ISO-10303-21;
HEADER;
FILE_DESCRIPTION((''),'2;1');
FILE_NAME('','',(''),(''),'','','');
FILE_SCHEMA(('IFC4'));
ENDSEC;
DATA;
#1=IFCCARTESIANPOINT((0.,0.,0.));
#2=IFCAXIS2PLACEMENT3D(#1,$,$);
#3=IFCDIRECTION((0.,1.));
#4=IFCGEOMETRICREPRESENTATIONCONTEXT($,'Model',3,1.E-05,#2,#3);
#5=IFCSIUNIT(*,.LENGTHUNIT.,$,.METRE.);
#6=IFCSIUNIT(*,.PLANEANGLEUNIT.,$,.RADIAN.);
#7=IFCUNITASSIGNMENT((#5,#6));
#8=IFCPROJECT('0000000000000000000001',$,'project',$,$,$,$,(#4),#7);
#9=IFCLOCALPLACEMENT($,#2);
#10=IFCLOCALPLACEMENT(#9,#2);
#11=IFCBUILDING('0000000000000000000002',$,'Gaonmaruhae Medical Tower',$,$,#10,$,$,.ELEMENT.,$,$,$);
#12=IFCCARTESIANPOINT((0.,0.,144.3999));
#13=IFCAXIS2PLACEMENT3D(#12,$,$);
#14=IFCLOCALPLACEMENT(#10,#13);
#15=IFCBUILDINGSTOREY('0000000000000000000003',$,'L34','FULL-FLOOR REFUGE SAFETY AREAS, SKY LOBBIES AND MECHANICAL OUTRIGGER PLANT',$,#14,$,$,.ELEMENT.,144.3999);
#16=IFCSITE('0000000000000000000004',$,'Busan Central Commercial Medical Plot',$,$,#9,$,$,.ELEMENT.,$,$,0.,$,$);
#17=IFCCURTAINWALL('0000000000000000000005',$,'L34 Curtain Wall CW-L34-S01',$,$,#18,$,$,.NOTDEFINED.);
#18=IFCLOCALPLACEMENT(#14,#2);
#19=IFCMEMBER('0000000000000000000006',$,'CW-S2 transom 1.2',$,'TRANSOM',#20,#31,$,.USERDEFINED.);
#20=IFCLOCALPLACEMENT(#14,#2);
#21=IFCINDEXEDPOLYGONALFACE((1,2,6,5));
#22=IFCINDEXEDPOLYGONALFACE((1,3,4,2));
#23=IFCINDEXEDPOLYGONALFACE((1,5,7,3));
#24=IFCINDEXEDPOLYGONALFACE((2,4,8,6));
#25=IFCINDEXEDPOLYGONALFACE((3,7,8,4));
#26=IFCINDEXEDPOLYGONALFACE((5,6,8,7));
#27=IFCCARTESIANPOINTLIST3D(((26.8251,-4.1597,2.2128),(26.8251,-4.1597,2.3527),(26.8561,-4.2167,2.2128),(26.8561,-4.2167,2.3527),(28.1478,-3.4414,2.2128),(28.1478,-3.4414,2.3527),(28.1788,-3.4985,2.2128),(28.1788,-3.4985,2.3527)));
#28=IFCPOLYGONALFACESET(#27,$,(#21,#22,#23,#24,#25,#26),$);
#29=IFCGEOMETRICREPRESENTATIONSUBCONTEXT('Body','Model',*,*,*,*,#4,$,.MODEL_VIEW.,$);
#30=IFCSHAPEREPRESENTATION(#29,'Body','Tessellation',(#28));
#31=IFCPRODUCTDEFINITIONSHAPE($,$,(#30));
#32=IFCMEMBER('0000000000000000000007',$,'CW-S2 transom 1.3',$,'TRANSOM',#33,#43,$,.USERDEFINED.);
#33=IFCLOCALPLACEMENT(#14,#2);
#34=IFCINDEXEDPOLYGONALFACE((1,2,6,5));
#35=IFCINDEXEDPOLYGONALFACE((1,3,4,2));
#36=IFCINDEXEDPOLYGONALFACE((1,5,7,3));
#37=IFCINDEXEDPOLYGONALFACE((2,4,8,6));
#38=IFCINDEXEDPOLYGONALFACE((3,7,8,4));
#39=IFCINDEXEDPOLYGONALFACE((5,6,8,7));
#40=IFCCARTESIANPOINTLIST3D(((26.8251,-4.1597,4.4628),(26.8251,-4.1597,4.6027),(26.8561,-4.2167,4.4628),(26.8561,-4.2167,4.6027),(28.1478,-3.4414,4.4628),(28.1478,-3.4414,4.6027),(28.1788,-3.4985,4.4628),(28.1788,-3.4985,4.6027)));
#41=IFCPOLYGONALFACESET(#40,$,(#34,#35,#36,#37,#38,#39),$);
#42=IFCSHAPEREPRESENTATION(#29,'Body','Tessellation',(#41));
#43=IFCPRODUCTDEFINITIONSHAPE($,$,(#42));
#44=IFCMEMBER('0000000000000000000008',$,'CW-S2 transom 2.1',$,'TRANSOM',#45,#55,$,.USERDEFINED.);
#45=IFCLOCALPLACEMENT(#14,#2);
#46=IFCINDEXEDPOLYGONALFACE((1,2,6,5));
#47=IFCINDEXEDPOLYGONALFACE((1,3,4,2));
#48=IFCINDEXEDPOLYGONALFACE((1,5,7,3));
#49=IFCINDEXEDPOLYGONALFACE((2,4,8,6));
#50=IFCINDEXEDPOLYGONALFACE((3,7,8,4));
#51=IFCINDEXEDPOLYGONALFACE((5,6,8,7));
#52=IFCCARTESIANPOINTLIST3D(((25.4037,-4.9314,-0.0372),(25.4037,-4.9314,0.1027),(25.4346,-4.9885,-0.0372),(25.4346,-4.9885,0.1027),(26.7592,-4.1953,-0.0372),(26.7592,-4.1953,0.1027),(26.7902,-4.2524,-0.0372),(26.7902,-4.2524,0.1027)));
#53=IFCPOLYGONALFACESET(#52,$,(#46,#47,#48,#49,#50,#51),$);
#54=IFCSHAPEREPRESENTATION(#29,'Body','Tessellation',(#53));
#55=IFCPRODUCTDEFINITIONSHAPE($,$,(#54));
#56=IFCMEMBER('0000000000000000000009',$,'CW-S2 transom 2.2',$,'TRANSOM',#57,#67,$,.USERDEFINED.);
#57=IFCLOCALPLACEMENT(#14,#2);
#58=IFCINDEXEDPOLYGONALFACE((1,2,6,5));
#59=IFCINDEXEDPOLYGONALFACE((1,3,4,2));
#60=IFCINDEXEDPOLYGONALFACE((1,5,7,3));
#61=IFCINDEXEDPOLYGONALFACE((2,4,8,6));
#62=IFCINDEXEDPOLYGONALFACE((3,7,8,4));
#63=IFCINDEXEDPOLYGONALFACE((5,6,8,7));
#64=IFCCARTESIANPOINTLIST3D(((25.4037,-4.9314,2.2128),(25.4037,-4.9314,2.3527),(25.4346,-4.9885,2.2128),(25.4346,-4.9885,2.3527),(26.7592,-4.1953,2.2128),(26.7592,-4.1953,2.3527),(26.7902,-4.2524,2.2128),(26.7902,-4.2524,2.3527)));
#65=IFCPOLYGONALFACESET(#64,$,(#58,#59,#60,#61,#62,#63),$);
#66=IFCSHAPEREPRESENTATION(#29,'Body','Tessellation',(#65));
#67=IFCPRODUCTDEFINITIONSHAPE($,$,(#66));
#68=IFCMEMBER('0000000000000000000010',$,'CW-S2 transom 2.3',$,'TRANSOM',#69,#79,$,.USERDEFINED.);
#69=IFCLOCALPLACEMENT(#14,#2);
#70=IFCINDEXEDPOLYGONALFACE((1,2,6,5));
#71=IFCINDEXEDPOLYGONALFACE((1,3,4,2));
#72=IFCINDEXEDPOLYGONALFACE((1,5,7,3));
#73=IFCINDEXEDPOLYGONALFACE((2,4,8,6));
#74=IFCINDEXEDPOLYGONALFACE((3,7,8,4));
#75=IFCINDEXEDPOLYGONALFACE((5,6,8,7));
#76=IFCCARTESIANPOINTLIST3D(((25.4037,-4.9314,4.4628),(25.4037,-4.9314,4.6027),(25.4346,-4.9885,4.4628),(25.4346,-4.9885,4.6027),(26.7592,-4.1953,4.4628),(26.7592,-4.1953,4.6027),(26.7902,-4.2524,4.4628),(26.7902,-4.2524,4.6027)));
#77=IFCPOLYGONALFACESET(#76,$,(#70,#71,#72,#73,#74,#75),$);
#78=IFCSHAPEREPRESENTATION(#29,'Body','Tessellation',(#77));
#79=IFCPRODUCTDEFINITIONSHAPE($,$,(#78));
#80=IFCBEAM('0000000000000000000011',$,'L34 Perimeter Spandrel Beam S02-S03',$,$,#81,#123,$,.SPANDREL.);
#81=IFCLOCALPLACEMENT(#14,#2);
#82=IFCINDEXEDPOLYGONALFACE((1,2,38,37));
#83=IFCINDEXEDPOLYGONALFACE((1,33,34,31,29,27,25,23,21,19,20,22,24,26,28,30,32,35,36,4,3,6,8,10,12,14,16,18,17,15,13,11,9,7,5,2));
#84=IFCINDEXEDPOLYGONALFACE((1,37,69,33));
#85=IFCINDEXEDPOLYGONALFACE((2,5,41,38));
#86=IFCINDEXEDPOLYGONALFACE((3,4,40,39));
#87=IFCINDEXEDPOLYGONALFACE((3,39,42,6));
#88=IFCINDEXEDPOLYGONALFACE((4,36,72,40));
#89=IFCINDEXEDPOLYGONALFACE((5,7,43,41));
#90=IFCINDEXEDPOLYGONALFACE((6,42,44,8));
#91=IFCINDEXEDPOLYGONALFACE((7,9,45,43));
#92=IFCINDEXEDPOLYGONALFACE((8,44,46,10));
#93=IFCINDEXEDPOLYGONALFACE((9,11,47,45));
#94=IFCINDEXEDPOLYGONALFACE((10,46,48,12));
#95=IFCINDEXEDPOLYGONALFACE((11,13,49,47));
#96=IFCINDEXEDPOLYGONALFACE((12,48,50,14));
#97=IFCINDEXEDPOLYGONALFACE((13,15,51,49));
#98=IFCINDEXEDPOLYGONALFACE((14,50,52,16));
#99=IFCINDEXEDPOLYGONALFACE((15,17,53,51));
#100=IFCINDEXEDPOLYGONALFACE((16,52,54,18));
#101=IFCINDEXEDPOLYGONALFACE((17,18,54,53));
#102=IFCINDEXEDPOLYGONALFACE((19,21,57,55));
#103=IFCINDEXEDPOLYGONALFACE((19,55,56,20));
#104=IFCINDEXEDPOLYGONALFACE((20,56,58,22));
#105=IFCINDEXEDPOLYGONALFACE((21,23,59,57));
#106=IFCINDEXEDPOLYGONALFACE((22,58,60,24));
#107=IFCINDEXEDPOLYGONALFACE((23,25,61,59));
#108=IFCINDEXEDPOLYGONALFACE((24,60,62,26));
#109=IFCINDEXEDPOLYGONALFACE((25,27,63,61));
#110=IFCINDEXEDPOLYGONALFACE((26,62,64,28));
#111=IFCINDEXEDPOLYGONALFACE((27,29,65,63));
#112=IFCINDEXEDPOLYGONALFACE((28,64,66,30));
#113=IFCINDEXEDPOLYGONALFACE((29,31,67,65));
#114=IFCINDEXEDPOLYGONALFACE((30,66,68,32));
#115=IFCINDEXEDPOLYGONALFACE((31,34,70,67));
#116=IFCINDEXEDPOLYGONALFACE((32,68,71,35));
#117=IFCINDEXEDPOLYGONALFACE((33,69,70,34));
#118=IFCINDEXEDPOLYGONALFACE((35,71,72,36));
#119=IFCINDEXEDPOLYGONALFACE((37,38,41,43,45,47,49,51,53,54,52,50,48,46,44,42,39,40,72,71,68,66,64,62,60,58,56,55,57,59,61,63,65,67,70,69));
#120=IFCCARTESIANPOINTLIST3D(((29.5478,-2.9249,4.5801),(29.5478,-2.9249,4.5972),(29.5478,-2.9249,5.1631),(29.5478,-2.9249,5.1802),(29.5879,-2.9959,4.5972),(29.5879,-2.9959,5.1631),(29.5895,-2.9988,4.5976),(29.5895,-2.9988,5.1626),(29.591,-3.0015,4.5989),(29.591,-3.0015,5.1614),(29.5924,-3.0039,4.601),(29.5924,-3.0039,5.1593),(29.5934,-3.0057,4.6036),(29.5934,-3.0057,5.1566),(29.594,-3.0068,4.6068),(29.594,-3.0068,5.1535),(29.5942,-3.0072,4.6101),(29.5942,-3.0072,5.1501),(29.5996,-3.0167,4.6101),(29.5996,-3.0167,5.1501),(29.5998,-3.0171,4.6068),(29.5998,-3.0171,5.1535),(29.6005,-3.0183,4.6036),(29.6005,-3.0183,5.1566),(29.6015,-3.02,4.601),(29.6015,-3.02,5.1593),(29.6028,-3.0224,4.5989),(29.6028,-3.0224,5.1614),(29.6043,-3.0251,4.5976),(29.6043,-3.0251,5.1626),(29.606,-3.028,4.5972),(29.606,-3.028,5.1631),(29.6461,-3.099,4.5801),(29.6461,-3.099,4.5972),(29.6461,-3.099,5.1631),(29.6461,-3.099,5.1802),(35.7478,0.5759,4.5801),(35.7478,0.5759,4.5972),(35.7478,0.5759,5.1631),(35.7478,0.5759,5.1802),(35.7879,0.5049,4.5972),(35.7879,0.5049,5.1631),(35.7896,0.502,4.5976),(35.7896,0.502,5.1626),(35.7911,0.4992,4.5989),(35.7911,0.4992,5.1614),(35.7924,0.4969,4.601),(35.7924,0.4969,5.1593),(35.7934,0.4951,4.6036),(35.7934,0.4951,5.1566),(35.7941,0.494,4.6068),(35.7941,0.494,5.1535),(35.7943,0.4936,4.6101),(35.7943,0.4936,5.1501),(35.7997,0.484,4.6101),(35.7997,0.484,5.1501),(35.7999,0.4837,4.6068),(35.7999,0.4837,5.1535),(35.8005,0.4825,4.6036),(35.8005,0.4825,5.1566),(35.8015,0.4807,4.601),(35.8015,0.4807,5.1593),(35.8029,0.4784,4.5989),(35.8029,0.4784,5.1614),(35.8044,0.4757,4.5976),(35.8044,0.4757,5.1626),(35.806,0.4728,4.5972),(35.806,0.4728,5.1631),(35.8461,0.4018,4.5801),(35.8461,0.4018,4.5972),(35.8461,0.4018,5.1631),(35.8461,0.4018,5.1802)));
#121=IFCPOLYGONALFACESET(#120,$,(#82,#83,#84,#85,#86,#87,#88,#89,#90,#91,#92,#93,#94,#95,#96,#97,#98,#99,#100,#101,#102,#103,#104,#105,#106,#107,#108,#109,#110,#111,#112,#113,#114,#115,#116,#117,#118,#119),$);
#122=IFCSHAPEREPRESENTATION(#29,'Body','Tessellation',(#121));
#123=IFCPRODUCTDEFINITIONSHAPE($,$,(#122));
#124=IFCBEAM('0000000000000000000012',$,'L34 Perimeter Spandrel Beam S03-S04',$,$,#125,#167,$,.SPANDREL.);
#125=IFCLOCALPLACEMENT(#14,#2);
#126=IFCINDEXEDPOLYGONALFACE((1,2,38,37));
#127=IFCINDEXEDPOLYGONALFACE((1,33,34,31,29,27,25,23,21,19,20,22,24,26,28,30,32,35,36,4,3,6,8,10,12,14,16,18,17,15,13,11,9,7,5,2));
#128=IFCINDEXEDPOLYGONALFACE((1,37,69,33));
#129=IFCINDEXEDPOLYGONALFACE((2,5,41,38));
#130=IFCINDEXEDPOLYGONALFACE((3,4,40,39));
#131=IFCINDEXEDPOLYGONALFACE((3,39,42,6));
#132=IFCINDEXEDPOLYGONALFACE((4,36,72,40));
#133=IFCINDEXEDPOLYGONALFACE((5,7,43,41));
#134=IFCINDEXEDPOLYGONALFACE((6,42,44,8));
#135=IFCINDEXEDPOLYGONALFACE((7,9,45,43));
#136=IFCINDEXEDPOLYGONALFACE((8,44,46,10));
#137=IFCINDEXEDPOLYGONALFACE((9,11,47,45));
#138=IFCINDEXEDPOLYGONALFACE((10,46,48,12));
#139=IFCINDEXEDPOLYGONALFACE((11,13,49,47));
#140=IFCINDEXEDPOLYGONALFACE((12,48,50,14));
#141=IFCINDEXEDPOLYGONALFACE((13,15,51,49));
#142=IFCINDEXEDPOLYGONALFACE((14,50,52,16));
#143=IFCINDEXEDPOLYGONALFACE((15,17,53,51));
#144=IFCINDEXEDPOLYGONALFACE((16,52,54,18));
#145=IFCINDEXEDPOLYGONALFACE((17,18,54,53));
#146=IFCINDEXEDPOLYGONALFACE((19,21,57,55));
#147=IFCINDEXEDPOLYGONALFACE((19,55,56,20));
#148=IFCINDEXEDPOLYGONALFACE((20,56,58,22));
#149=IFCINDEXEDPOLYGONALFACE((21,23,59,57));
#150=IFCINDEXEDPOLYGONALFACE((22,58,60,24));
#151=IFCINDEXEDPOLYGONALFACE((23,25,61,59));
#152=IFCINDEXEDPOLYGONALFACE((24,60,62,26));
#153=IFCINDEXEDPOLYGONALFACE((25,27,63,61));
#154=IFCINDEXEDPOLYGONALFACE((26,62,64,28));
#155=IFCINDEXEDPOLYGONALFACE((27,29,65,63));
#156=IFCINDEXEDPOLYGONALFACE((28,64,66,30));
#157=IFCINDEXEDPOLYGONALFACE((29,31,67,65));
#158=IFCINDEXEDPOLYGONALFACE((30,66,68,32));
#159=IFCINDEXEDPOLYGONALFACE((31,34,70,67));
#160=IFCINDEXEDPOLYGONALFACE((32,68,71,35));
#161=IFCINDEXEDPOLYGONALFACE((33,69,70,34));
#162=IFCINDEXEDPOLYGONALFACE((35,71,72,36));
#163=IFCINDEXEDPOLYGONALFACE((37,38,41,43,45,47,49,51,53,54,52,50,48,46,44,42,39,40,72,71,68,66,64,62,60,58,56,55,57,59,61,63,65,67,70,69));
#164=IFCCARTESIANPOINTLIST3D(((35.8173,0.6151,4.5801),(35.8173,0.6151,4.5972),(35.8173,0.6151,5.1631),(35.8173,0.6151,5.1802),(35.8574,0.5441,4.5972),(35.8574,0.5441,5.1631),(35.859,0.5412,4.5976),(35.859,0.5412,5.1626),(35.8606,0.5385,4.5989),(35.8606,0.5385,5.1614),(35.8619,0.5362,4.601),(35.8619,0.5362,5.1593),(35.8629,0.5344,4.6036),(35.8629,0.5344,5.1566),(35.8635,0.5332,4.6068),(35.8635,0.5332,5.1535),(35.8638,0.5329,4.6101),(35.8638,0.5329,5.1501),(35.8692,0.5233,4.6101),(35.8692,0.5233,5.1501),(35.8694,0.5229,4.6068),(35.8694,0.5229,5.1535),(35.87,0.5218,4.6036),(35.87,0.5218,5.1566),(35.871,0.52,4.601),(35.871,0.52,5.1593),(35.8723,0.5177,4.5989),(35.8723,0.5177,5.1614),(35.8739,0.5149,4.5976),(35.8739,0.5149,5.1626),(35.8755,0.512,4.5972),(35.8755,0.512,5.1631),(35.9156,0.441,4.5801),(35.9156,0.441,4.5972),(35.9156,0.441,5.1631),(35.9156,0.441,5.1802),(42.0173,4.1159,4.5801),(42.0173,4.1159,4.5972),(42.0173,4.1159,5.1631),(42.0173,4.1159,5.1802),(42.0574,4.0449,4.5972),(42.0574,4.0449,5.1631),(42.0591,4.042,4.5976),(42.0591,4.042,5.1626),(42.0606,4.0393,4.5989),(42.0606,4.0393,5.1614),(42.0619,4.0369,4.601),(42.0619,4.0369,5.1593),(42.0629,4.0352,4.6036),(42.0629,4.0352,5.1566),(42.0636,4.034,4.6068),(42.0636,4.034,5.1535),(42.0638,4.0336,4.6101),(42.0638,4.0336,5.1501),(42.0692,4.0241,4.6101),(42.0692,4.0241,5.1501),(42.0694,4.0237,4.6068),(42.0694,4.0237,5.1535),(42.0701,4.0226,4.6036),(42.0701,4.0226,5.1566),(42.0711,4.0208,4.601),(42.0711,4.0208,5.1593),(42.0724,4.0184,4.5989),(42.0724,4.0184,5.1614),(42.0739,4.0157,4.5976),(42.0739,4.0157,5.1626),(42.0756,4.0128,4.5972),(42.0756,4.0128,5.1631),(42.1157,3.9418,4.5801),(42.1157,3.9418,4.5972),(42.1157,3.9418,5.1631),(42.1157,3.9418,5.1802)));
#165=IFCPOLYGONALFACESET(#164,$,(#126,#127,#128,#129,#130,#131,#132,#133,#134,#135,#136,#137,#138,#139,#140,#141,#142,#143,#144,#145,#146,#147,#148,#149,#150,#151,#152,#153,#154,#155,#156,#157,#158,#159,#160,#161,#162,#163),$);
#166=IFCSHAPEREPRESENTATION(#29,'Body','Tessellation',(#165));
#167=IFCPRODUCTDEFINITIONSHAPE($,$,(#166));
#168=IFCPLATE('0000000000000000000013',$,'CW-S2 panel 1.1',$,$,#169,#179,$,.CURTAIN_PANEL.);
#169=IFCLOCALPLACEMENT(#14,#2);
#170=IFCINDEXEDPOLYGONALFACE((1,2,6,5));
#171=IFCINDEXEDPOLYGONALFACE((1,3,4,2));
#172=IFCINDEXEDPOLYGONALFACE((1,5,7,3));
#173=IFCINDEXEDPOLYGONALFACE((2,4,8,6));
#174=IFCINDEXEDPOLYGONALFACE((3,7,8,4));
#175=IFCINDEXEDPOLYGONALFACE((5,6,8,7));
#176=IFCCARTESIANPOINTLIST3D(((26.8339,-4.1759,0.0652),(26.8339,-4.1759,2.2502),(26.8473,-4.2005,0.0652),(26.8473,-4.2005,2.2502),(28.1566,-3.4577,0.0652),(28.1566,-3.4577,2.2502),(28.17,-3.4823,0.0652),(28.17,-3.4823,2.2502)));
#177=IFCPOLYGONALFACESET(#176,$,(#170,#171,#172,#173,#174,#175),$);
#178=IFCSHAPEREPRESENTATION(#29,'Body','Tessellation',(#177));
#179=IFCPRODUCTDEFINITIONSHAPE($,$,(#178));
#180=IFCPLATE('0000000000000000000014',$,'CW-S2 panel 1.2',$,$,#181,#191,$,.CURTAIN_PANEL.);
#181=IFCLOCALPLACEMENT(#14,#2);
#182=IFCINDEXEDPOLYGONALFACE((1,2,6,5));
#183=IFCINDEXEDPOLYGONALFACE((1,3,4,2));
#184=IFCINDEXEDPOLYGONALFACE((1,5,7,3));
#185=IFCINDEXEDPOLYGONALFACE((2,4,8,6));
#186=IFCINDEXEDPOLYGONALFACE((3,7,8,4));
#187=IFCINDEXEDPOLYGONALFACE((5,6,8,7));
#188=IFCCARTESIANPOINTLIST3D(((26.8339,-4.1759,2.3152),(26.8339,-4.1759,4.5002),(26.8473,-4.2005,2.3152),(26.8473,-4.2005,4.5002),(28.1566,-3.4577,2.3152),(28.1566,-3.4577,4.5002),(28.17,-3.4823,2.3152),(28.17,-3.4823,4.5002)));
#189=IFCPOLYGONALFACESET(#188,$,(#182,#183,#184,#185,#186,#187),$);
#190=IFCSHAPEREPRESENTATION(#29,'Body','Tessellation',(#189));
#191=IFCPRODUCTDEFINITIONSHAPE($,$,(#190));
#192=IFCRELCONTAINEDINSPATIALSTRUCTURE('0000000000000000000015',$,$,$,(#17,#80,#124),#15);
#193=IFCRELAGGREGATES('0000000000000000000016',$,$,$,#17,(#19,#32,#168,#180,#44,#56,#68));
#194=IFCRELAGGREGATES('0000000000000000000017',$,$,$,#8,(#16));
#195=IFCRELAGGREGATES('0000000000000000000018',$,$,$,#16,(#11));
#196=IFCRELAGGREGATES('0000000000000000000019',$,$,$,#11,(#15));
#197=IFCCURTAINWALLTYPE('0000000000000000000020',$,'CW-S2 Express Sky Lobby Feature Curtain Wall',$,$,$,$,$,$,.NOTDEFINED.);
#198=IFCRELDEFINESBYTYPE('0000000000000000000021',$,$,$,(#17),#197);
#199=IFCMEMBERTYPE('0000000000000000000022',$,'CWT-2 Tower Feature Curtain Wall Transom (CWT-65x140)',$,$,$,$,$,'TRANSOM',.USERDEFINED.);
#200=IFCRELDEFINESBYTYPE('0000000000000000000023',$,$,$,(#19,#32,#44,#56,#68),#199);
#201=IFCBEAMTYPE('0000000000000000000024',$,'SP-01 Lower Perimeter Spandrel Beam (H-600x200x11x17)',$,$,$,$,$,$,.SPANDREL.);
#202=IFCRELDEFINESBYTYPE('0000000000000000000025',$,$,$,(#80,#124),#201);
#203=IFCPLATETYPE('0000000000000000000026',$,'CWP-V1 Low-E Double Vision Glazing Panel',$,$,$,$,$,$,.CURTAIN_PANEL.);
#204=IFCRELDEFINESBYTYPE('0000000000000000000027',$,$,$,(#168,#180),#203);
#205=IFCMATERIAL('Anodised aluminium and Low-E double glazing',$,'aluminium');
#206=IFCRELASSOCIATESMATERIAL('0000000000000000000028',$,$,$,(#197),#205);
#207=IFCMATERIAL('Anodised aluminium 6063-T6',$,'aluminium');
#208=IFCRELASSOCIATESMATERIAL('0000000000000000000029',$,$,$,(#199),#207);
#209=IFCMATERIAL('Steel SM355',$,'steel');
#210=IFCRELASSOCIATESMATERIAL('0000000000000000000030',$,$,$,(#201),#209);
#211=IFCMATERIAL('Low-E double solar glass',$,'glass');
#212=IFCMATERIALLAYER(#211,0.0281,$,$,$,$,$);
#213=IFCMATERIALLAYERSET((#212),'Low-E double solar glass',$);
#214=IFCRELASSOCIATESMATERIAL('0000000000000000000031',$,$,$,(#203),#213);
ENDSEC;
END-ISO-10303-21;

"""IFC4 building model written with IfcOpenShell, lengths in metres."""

from ifc_helpers import new_model, si_unit, direction, frame, origin, origin_2d, place, context, subcontext, project, spatial, rectangle, i_section, extrude, material, layer, layer_set, material_profile, profile_set, type_object, element, aggregate, save


model = new_model("IFC4")

# Units and contexts
model_context = context("Model", 3, precision=1e-05, world=origin(), true_north=direction((0.0, 1.0)))
body_context = subcontext(model_context, "Body", "Model", "MODEL_VIEW")
ifc_project = project(units=[si_unit("LENGTHUNIT", "METRE"), si_unit("PLANEANGLEUNIT", "RADIAN")], contexts=[model_context])

# Site, building, storey
site_placement = place(None, origin())
site = spatial("IfcSite", under=ifc_project, at=site_placement, Name="Busan Central Commercial Medical Plot", CompositionType="ELEMENT", RefElevation=0.0)
building_placement = place(site_placement, origin())
building = spatial("IfcBuilding", under=site, at=building_placement, Name="Gaonmaruhae Medical Tower", CompositionType="ELEMENT")
storey_placement = place(building_placement, frame((0.0, 0.0, 144.3999)))
storey = spatial("IfcBuildingStorey", under=building, at=storey_placement, Name="L34", Description="FULL-FLOOR REFUGE SAFETY AREAS, SKY LOBBIES AND MECHANICAL OUTRIGGER PLANT", CompositionType="ELEMENT", Elevation=144.3999)

# Curtain wall, members
ifc_material_1 = material(Name="Anodised aluminium and Low-E double glazing", Category="aluminium")
curtain_wall_type = type_object("IfcCurtainWallType", Name="CW-S2 Express Sky Lobby Feature Curtain Wall", PredefinedType="NOTDEFINED", material=ifc_material_1)
curtain_wall_placement = place(storey_placement, origin())
curtain_wall = element("IfcCurtainWall", 1, at=curtain_wall_placement, inside=storey, type_object=curtain_wall_type, Name="L34 Curtain Wall CW-L34-S01", PredefinedType="NOTDEFINED")
ifc_material_2 = material(Name="Anodised aluminium 6063-T6", Category="aluminium")
ifc_material_profile_1 = material_profile(ifc_material_2, rectangle(XDim=0.0649, YDim=0.1399, at=origin_2d()), Name="CWT-65x140")
ifc_profile_set_1 = profile_set([ifc_material_profile_1], Name="Anodised aluminium 6063-T6")
member_type_1 = type_object("IfcMemberType", Name="CWT-2 Tower Feature Curtain Wall Transom (CWT-65x140)", ElementType="TRANSOM", PredefinedType="USERDEFINED", material=ifc_profile_set_1)
member_1_placement = place(storey_placement, frame((28.1633, -3.47, 2.2827), z_axis=(-0.878799, -0.477192, 0.0), x_axis=(0.477192, -0.878799, 0.0)))
member_1 = element("IfcMember", 2, at=member_1_placement, type_object=member_type_1, Name="CW-S2 transom 1.2", ObjectType="TRANSOM", PredefinedType="USERDEFINED", context=body_context, shape_type="SweptSolid", body=[
    extrude(rectangle(XDim=0.0649, YDim=0.1399, at=origin_2d()), origin(), (0.0, 0.0, 1.0), 1.5051),
])
member_2_placement = place(storey_placement, frame((28.1633, -3.47, 4.5327), z_axis=(-0.878799, -0.477192, 0.0), x_axis=(0.477192, -0.878799, 0.0)))
member_2 = element("IfcMember", 3, at=member_2_placement, type_object=member_type_1, Name="CW-S2 transom 1.3", ObjectType="TRANSOM", PredefinedType="USERDEFINED", context=body_context, shape_type="SweptSolid", body=[
    extrude(rectangle(XDim=0.0649, YDim=0.1399, at=origin_2d()), origin(), (0.0, 0.0, 1.0), 1.5051),
])
member_3_placement = place(storey_placement, frame((26.7747, -4.2239, 0.0327), z_axis=(-0.878783, -0.477221, 0.0), x_axis=(0.477221, -0.878783, 0.0)))
member_3 = element("IfcMember", 4, at=member_3_placement, type_object=member_type_1, Name="CW-S2 transom 2.1", ObjectType="TRANSOM", PredefinedType="USERDEFINED", context=body_context, shape_type="SweptSolid", body=[
    extrude(rectangle(XDim=0.0649, YDim=0.1399, at=origin_2d()), origin(), (0.0, 0.0, 1.0), 1.5425),
])
member_4_placement = place(storey_placement, frame((26.7747, -4.2239, 2.2827), z_axis=(-0.878783, -0.477221, 0.0), x_axis=(0.477221, -0.878783, 0.0)))
member_4 = element("IfcMember", 5, at=member_4_placement, type_object=member_type_1, Name="CW-S2 transom 2.2", ObjectType="TRANSOM", PredefinedType="USERDEFINED", context=body_context, shape_type="SweptSolid", body=[
    extrude(rectangle(XDim=0.0649, YDim=0.1399, at=origin_2d()), origin(), (0.0, 0.0, 1.0), 1.5425),
])
member_5_placement = place(storey_placement, frame((26.7747, -4.2239, 4.5327), z_axis=(-0.878783, -0.477221, 0.0), x_axis=(0.477221, -0.878783, 0.0)))
member_5 = element("IfcMember", 6, at=member_5_placement, type_object=member_type_1, Name="CW-S2 transom 2.3", ObjectType="TRANSOM", PredefinedType="USERDEFINED", context=body_context, shape_type="SweptSolid", body=[
    extrude(rectangle(XDim=0.0649, YDim=0.1399, at=origin_2d()), origin(), (0.0, 0.0, 1.0), 1.5425),
])

# Beams
ifc_material_3 = material(Name="Steel SM355", Category="steel")
ifc_material_profile_2 = material_profile(ifc_material_3, i_section(OverallWidth=0.2, OverallDepth=0.6001, WebThickness=0.011, FlangeThickness=0.0171, FilletRadius=0.0129, at=origin_2d()), Name="H-600x200x11x17")
ifc_profile_set_2 = profile_set([ifc_material_profile_2], Name="Steel SM355")
beam_type_1 = type_object("IfcBeamType", Name="SP-01 Lower Perimeter Spandrel Beam (H-600x200x11x17)", PredefinedType="SPANDREL", material=ifc_profile_set_2)
for number, where, z_axis, x_axis, name in (
    (7, (29.5969, -3.012, 4.8801), (0.870779, 0.491675, 0.0), (-0.491675, 0.870779, 0.0), "L34 Perimeter Spandrel Beam S02-S03"),
    (8, (35.8665, 0.5281, 4.8801), (0.870779, 0.491675, 0.0), (-0.491675, 0.870779, 0.0), "L34 Perimeter Spandrel Beam S03-S04"),
):
    element("IfcBeam", number, at=place(storey_placement, frame(where, z_axis=z_axis, x_axis=x_axis)), inside=storey, type_object=beam_type_1, Name=name, PredefinedType="SPANDREL", context=body_context, shape_type="SweptSolid", body=[
        extrude(i_section(OverallWidth=0.2, OverallDepth=0.6001, WebThickness=0.011, FlangeThickness=0.0171, FilletRadius=0.0129, at=origin_2d()), origin(), (0.0, 0.0, 1.0), 7.1201),
    ])

# Plates
ifc_material_4 = material(Name="Low-E double solar glass", Category="glass")
ifc_layer_1 = layer(ifc_material_4, 0.0281)
ifc_layer_set_1 = layer_set([ifc_layer_1], Name="Low-E double solar glass")
plate_type_1 = type_object("IfcPlateType", Name="CWP-V1 Low-E Double Vision Glazing Panel", PredefinedType="CURTAIN_PANEL", material=ifc_layer_set_1)
plate_1_placement = place(storey_placement, frame((27.502, -3.8291, 0.0652), z_axis=(0.0, 0.0, 1.0), x_axis=(-0.878811, -0.477169, 0.0)))
plate_1 = element("IfcPlate", 9, at=plate_1_placement, type_object=plate_type_1, Name="CW-S2 panel 1.1", PredefinedType="CURTAIN_PANEL", context=body_context, shape_type="SweptSolid", body=[
    extrude(rectangle(XDim=1.5051, YDim=0.0281, at=origin_2d()), origin(), (0.0, 0.0, 1.0), 2.1851),
])
plate_2_placement = place(storey_placement, frame((27.502, -3.8291, 2.3152), z_axis=(0.0, 0.0, 1.0), x_axis=(-0.878811, -0.477169, 0.0)))
plate_2 = element("IfcPlate", 10, at=plate_2_placement, type_object=plate_type_1, Name="CW-S2 panel 1.2", PredefinedType="CURTAIN_PANEL", context=body_context, shape_type="SweptSolid", body=[
    extrude(rectangle(XDim=1.5051, YDim=0.0281, at=origin_2d()), origin(), (0.0, 0.0, 1.0), 2.1851),
])
aggregate(curtain_wall, [member_1, member_2, plate_1, plate_2, member_3, member_4, member_5])

save(model, "model.ifc")
